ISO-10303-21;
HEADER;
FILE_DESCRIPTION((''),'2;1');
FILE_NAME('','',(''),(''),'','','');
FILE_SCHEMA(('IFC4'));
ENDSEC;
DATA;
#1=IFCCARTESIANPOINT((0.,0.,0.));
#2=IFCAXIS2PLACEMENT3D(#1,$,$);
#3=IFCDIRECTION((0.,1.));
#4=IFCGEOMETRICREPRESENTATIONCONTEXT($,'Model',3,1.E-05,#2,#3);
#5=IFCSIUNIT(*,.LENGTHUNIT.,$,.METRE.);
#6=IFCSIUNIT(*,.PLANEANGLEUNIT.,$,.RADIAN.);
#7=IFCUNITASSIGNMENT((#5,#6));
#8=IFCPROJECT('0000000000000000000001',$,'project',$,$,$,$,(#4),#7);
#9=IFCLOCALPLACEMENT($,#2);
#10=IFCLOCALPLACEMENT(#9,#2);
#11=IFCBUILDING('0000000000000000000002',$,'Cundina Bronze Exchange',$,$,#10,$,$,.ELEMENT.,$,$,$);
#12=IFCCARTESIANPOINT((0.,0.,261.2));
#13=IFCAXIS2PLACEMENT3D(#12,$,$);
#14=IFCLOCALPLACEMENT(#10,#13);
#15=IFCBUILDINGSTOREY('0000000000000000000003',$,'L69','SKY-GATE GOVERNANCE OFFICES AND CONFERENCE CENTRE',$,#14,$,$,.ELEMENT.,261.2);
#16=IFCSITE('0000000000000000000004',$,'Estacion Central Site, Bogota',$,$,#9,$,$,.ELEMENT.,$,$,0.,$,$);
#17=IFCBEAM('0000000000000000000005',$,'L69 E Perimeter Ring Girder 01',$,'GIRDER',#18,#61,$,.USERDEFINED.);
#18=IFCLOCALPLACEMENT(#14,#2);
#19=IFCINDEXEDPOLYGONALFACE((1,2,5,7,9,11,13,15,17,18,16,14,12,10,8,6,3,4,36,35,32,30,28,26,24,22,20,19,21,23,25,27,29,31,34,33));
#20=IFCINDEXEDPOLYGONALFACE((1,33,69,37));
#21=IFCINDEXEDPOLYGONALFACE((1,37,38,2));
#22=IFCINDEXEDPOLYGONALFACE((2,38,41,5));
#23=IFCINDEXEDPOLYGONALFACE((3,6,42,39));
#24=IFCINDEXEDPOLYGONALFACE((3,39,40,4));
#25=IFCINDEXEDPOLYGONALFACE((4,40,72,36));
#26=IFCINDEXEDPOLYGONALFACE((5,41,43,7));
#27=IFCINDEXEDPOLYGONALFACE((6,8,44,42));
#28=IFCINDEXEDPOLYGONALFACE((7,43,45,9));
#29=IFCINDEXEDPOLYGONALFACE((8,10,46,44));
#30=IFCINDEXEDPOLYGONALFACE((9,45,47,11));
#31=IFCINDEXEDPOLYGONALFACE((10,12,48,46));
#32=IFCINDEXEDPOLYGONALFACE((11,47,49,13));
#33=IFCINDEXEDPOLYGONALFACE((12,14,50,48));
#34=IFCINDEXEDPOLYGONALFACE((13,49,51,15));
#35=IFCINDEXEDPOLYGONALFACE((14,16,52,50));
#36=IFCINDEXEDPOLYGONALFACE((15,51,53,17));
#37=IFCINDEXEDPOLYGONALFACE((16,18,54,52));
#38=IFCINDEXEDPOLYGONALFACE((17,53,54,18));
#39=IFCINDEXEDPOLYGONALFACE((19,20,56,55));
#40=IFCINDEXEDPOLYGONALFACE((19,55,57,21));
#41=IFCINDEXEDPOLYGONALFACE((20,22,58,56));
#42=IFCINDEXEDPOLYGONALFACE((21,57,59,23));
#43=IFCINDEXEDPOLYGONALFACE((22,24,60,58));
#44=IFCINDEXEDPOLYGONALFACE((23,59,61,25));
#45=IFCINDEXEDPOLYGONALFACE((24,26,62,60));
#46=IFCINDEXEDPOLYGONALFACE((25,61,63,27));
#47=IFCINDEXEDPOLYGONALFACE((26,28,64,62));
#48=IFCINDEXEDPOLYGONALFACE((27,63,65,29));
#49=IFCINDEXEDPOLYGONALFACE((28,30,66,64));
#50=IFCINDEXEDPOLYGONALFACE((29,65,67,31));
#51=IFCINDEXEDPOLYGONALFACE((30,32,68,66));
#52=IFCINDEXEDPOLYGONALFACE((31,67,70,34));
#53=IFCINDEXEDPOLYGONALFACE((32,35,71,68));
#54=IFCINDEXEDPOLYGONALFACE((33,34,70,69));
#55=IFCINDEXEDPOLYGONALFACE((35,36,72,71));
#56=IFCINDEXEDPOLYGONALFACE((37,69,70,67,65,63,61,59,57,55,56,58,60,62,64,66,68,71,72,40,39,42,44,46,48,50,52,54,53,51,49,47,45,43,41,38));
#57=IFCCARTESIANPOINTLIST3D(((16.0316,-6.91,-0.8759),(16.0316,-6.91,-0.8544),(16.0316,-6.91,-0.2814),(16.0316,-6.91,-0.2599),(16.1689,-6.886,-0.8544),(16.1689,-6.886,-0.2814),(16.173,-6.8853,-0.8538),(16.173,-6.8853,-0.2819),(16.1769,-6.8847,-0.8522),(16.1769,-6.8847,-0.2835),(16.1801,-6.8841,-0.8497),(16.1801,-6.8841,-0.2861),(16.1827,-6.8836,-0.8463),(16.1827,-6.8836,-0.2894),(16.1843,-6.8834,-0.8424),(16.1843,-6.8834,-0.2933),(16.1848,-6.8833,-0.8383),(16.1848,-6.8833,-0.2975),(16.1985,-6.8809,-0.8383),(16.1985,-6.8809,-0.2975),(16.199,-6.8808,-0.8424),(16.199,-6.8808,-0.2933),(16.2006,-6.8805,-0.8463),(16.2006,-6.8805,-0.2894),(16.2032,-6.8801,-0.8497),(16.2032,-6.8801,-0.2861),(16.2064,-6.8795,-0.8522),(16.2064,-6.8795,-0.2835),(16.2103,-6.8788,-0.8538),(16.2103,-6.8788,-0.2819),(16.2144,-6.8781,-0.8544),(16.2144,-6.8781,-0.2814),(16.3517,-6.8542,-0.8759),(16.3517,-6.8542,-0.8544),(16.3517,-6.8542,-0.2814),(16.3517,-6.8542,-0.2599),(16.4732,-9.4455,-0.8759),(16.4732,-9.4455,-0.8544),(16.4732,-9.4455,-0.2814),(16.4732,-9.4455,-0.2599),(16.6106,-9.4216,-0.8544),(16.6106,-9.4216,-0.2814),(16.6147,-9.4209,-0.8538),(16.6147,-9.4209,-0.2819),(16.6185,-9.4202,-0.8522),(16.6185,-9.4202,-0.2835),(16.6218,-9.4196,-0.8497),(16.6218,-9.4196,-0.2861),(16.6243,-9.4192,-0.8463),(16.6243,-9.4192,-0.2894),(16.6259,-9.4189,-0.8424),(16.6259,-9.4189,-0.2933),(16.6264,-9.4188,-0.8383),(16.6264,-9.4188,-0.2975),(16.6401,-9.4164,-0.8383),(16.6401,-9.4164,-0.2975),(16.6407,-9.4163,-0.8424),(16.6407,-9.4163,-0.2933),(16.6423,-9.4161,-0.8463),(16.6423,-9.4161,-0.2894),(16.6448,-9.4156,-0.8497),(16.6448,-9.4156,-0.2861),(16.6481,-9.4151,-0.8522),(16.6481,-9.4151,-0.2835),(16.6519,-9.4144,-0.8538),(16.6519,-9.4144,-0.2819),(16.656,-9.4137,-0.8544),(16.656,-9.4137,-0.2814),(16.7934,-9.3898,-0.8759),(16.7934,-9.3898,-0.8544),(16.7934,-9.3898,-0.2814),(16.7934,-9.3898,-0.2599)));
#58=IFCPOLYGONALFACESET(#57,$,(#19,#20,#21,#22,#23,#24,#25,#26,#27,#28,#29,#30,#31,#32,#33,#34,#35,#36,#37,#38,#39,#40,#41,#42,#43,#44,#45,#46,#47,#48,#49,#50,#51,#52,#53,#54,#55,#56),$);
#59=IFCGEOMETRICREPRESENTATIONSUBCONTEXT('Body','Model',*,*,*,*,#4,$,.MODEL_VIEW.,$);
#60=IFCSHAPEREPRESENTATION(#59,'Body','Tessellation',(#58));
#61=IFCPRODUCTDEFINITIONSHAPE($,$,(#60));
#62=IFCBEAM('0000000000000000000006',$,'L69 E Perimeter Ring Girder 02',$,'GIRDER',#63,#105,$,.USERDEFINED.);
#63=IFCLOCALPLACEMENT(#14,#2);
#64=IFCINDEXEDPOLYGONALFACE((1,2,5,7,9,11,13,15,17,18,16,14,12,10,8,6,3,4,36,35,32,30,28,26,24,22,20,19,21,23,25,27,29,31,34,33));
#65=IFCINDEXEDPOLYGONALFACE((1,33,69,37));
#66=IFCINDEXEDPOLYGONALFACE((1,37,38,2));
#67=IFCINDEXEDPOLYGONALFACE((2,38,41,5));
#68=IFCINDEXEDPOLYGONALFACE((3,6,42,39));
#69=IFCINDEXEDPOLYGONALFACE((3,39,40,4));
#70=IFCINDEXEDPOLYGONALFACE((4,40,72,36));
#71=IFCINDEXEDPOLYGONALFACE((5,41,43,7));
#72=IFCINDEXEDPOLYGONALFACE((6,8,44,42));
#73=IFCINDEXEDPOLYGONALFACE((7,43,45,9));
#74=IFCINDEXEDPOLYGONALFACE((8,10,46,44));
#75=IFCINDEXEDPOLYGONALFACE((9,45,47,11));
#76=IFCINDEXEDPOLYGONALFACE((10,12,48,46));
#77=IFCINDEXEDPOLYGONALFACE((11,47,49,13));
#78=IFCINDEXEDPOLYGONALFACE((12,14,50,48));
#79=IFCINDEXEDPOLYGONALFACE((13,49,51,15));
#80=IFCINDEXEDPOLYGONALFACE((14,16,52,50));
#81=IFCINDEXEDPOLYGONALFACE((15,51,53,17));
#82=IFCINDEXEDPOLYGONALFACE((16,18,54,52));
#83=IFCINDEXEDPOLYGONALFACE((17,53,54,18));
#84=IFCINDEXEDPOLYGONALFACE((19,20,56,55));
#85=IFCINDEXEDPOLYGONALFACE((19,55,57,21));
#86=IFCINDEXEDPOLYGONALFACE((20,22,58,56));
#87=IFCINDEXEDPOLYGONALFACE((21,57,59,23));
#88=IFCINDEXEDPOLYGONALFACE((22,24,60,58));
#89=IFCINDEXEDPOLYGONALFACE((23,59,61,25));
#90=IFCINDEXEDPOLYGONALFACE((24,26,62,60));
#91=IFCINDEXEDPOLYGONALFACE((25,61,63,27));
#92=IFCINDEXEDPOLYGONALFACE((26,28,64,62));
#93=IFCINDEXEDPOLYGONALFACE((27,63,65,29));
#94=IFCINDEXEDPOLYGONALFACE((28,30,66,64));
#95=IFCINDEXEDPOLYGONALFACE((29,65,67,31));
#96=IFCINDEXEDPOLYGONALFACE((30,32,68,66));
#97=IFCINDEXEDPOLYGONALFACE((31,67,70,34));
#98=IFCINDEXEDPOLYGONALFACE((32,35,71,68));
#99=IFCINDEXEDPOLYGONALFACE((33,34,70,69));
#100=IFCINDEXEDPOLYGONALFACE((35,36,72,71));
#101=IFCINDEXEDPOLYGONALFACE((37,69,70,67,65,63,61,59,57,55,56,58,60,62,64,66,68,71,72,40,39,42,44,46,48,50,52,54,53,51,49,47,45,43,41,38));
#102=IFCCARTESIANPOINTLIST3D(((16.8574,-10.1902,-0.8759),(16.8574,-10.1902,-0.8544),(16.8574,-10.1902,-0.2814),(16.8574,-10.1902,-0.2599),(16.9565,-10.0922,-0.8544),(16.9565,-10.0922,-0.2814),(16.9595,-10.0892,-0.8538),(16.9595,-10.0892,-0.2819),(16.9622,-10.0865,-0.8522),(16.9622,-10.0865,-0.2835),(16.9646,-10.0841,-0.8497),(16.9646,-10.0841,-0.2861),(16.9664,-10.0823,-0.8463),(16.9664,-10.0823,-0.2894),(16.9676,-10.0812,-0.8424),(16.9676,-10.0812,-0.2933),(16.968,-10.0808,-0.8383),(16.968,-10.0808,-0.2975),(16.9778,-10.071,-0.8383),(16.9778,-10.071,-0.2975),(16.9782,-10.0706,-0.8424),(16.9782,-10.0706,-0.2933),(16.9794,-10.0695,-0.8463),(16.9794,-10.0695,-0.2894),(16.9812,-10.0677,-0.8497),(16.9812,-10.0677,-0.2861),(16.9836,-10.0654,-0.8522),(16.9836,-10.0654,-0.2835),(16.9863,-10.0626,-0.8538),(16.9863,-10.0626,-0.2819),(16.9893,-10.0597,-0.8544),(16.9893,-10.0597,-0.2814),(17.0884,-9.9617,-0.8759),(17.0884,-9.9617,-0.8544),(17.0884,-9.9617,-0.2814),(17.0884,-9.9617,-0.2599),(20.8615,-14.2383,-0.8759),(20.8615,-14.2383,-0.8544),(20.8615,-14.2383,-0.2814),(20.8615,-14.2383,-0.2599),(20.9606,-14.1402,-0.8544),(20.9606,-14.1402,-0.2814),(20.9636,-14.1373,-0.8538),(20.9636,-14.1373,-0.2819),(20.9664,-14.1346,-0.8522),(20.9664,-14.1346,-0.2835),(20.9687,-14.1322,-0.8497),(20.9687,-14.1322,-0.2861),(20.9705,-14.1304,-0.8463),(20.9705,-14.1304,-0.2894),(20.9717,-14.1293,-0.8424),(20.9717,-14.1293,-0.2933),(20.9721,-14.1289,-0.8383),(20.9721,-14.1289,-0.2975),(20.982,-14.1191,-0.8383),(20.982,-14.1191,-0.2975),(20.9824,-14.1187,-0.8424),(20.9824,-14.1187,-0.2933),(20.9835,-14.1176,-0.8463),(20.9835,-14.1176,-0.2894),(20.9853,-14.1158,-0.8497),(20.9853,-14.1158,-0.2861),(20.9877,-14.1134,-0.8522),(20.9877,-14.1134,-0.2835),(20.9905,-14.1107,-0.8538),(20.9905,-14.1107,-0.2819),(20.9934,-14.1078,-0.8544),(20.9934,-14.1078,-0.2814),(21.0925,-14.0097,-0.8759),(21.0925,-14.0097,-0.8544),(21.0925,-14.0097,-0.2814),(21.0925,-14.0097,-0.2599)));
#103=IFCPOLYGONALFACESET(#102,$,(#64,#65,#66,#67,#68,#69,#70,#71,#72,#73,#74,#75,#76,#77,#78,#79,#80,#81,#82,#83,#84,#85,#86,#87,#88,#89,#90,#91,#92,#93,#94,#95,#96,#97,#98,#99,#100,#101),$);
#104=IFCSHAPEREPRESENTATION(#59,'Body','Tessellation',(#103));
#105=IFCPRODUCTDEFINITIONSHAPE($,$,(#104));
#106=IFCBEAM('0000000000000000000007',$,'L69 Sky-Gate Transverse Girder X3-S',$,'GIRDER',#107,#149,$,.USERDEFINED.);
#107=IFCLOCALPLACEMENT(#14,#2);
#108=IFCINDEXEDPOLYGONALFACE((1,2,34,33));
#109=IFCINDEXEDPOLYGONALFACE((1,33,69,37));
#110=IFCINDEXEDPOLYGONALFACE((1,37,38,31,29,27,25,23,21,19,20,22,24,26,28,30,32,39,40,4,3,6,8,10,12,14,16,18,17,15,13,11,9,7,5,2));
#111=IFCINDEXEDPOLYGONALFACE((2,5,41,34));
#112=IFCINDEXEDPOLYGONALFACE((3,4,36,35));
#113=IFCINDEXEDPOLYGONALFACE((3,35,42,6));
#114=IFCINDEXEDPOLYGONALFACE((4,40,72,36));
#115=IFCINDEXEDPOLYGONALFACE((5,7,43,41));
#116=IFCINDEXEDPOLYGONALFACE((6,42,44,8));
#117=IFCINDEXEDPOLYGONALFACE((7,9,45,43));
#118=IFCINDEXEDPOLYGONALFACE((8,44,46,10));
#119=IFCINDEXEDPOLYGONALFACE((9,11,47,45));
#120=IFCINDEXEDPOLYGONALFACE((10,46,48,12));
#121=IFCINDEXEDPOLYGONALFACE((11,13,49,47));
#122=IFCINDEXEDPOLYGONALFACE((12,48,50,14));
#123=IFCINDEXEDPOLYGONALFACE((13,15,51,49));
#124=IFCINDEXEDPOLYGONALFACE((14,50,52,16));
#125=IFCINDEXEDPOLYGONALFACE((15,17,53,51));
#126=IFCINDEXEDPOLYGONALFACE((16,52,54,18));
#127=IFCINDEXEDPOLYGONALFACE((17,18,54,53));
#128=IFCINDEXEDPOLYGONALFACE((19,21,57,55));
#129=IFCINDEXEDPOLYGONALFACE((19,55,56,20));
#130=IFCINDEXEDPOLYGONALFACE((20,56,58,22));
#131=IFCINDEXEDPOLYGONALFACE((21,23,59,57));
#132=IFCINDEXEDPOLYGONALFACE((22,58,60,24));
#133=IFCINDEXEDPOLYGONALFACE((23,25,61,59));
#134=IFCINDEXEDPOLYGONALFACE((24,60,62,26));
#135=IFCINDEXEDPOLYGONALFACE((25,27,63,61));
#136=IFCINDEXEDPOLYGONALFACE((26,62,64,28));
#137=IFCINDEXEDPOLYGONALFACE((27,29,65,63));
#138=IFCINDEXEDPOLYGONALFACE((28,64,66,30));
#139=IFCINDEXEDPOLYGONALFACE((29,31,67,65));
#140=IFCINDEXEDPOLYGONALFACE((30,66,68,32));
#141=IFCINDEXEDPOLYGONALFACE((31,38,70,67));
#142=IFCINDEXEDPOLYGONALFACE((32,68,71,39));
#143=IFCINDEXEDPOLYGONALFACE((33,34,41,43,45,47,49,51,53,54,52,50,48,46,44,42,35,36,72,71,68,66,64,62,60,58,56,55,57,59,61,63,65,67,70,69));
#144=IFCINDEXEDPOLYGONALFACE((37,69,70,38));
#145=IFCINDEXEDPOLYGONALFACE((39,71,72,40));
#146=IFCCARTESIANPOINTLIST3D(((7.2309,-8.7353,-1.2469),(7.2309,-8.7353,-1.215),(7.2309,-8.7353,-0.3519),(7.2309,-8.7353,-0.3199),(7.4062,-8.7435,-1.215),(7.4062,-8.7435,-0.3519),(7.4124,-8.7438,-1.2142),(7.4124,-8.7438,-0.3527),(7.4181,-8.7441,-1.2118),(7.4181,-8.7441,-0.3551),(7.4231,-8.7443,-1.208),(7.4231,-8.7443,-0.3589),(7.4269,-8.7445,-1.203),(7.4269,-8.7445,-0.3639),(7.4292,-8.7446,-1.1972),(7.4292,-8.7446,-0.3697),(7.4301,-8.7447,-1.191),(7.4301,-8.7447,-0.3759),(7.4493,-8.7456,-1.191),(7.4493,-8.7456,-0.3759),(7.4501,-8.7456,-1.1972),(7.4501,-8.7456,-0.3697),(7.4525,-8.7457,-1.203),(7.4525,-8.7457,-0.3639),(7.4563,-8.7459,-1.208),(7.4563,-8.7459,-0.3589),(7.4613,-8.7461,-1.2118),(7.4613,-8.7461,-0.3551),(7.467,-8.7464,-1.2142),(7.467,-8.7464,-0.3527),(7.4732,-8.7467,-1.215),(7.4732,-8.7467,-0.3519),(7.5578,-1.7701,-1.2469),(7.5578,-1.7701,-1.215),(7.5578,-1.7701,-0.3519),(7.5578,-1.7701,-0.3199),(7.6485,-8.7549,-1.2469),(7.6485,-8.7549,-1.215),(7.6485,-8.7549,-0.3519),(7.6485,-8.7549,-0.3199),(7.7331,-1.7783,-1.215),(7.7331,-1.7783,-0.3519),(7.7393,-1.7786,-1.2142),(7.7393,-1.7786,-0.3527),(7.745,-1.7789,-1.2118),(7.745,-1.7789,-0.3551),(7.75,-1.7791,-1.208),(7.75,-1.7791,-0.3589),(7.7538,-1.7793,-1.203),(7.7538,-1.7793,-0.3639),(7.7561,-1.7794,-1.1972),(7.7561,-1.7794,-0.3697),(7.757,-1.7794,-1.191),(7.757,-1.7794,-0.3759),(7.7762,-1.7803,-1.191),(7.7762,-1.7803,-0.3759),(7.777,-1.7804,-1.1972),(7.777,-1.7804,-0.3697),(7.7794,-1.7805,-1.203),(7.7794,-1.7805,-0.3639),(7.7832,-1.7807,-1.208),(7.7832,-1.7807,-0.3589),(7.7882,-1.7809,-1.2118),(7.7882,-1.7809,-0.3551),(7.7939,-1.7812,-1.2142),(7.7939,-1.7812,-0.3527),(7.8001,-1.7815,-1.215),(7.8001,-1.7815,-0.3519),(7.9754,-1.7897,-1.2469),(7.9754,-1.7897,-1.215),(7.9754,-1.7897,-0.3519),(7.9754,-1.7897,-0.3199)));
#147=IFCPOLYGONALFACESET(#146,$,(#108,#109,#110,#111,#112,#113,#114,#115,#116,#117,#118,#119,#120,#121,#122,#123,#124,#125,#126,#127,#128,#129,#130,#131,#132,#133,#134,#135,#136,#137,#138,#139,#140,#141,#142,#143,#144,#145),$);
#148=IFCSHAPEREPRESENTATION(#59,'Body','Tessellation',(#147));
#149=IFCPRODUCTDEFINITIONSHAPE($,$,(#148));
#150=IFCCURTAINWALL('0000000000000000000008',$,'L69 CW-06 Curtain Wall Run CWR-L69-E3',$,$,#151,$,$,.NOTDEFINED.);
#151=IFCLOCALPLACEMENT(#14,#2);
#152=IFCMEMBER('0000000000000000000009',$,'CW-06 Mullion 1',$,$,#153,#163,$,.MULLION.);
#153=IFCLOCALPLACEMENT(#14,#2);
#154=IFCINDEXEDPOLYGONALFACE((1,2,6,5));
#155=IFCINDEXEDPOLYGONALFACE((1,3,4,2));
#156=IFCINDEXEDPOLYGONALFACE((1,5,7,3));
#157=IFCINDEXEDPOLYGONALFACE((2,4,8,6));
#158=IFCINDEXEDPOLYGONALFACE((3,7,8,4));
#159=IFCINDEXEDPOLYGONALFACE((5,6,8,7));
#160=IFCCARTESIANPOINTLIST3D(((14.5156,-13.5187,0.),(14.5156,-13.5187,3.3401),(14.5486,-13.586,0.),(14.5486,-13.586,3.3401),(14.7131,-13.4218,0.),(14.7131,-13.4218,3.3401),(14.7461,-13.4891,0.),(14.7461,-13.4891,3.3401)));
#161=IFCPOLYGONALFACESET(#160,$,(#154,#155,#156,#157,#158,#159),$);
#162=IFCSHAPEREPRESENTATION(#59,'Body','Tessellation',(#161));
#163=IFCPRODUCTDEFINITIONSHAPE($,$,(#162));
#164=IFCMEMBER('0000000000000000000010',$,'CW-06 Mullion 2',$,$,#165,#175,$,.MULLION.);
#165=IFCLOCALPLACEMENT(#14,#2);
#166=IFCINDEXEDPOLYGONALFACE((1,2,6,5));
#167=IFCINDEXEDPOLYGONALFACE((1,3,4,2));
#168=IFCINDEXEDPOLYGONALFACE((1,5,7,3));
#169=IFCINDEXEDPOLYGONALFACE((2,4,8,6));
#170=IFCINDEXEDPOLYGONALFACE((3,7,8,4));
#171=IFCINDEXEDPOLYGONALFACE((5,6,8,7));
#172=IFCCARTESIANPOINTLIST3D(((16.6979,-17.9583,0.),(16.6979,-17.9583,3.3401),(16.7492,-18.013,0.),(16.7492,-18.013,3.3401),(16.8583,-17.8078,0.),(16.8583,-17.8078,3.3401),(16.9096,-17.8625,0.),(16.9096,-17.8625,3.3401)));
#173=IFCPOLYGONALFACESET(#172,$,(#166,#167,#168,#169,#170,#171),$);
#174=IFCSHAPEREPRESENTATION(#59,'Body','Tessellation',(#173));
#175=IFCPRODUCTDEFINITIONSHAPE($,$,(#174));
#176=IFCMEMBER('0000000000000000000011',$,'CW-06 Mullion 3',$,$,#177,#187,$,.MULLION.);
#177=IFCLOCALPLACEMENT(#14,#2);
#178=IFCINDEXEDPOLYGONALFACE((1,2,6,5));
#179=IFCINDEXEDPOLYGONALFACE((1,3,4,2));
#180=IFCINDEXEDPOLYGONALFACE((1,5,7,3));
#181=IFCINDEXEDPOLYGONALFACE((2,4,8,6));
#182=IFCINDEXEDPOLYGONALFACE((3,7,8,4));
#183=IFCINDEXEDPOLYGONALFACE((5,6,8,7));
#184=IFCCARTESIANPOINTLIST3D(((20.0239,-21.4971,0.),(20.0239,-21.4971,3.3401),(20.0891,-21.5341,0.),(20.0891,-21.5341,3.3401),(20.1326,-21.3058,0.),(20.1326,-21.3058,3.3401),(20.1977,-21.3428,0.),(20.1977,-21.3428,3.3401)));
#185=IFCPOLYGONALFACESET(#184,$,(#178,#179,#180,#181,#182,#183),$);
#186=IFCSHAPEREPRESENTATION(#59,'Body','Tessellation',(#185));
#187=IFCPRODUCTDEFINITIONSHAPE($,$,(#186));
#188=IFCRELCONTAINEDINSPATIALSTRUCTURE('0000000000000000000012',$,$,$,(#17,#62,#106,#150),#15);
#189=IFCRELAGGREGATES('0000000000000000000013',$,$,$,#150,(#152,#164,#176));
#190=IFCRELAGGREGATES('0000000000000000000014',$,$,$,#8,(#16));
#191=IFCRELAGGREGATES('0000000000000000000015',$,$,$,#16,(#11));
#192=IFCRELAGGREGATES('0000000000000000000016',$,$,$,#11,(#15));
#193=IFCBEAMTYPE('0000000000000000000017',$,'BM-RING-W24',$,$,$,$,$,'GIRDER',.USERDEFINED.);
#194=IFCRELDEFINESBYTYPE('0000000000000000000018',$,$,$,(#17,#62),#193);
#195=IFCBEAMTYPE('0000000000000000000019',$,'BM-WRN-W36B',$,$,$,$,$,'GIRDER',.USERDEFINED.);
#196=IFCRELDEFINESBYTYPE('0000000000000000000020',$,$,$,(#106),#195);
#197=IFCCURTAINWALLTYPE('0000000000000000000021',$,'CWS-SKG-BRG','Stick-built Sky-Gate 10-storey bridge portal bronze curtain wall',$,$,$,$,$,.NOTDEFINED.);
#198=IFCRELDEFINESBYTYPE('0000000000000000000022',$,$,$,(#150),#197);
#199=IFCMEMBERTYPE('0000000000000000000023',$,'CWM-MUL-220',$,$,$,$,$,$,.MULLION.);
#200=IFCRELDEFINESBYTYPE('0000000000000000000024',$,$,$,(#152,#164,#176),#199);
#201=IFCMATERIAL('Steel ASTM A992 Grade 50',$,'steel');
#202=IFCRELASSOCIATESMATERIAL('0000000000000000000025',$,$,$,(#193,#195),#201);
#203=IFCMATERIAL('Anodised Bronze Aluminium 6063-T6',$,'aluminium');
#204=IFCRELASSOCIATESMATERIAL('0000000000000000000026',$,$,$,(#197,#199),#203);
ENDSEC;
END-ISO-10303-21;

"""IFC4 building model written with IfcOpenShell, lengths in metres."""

from ifc_helpers import new_model, si_unit, direction, frame, origin, origin_2d, place, context, subcontext, project, spatial, rectangle, i_section, extrude, material, material_profile, profile_set, type_object, element, aggregate, save


model = new_model("IFC4")

# Units and contexts
model_context = context("Model", 3, precision=1e-05, world=origin(), true_north=direction((0.0, 1.0)))
body_context = subcontext(model_context, "Body", "Model", "MODEL_VIEW")
ifc_project = project(units=[si_unit("LENGTHUNIT", "METRE"), si_unit("PLANEANGLEUNIT", "RADIAN")], contexts=[model_context])

# Site, building, storey
site_placement = place(None, origin())
site = spatial("IfcSite", under=ifc_project, at=site_placement, Name="Estacion Central Site, Bogota", CompositionType="ELEMENT", RefElevation=0.0)
building_placement = place(site_placement, origin())
building = spatial("IfcBuilding", under=site, at=building_placement, Name="Cundina Bronze Exchange", CompositionType="ELEMENT")
storey_placement = place(building_placement, frame((0.0, 0.0, 261.2)))
storey = spatial("IfcBuildingStorey", under=building, at=storey_placement, Name="L69", Description="SKY-GATE GOVERNANCE OFFICES AND CONFERENCE CENTRE", CompositionType="ELEMENT", Elevation=261.2)

# Beams
ifc_material_1 = material(Name="Steel ASTM A992 Grade 50", Category="steel")
ifc_material_profile_1 = material_profile(ifc_material_1, i_section(OverallWidth=0.325, OverallDepth=0.616, WebThickness=0.0139, FlangeThickness=0.0215, FilletRadius=0.0161, at=origin_2d()), Name="W24X117", Category="steel")
ifc_profile_set_1 = profile_set([ifc_material_profile_1], Name="Steel ASTM A992 Grade 50")
beam_type_1 = type_object("IfcBeamType", Name="BM-RING-W24", ElementType="GIRDER", PredefinedType="USERDEFINED", material=ifc_profile_set_1)
beam_1_placement = place(storey_placement, frame((16.1917, -6.8821, -0.5679), z_axis=(0.171593, -0.985168, 0.0), x_axis=(0.985168, 0.171593, 0.0)))
element("IfcBeam", 1, at=beam_1_placement, inside=storey, type_object=beam_type_1, Name="L69 E Perimeter Ring Girder 01", ObjectType="GIRDER", PredefinedType="USERDEFINED", context=body_context, shape_type="SweptSolid", body=[
    extrude(i_section(OverallWidth=0.325, OverallDepth=0.616, WebThickness=0.0139, FlangeThickness=0.0215, FilletRadius=0.0161, at=origin_2d()), origin(), (0.0, 0.0, 1.0), 2.5737),
])
beam_2_placement = place(storey_placement, frame((16.9729, -10.0759, -0.5679), z_axis=(0.703237, -0.710955, 0.0), x_axis=(0.710955, 0.703237, 0.0)))
element("IfcBeam", 2, at=beam_2_placement, inside=storey, type_object=beam_type_1, Name="L69 E Perimeter Ring Girder 02", ObjectType="GIRDER", PredefinedType="USERDEFINED", context=body_context, shape_type="SweptSolid", body=[
    extrude(i_section(OverallWidth=0.325, OverallDepth=0.616, WebThickness=0.0139, FlangeThickness=0.0215, FilletRadius=0.0161, at=origin_2d()), origin(), (0.0, 0.0, 1.0), 5.6938),
])
ifc_material_profile_2 = material_profile(ifc_material_1, i_section(OverallWidth=0.418, OverallDepth=0.927, WebThickness=0.0193, FlangeThickness=0.032, FilletRadius=0.0239, at=origin_2d()), Name="W36X231", Category="steel")
ifc_profile_set_2 = profile_set([ifc_material_profile_2], Name="Steel ASTM A992 Grade 50")
beam_type_2 = type_object("IfcBeamType", Name="BM-WRN-W36B", ElementType="GIRDER", PredefinedType="USERDEFINED", material=ifc_profile_set_2)
beam_3_placement = place(storey_placement, frame((7.4397, -8.7451, -0.7834), z_axis=(0.046881, 0.9989, 0.0), x_axis=(-0.9989, 0.046881, 0.0)))
element("IfcBeam", 3, at=beam_3_placement, inside=storey, type_object=beam_type_2, Name="L69 Sky-Gate Transverse Girder X3-S", ObjectType="GIRDER", PredefinedType="USERDEFINED", context=body_context, shape_type="SweptSolid", body=[
    extrude(i_section(OverallWidth=0.418, OverallDepth=0.927, WebThickness=0.0193, FlangeThickness=0.032, FilletRadius=0.0239, at=origin_2d()), origin(), (0.0, 0.0, 1.0), 6.9729),
])

# Curtain wall, members
ifc_material_2 = material(Name="Anodised Bronze Aluminium 6063-T6", Category="aluminium")
curtain_wall_type = type_object("IfcCurtainWallType", Name="CWS-SKG-BRG", Description="Stick-built Sky-Gate 10-storey bridge portal bronze curtain wall", PredefinedType="NOTDEFINED", material=ifc_material_2)
curtain_wall_1_placement = place(storey_placement, origin())
curtain_wall_1 = element("IfcCurtainWall", 4, at=curtain_wall_1_placement, inside=storey, type_object=curtain_wall_type, Name="L69 CW-06 Curtain Wall Run CWR-L69-E3", PredefinedType="NOTDEFINED")
ifc_material_profile_3 = material_profile(ifc_material_2, rectangle(XDim=0.075, YDim=0.22, at=origin_2d()), Name="AL75X220", Category="aluminium")
ifc_profile_set_3 = profile_set([ifc_material_profile_3], Name="Anodised Bronze Aluminium 6063-T6")
member_type_1 = type_object("IfcMemberType", Name="CWM-MUL-220", PredefinedType="MULLION", material=ifc_profile_set_3)
member_1_placement = place(storey_placement, frame((14.6309, -13.5039, 0.0), z_axis=(0.0, 0.0, 1.0), x_axis=(0.440566, -0.89772, 0.0)))
member_1 = element("IfcMember", 5, at=member_1_placement, type_object=member_type_1, Name="CW-06 Mullion 1", PredefinedType="MULLION", context=body_context, shape_type="SweptSolid", body=[
    extrude(rectangle(XDim=0.075, YDim=0.22, at=origin_2d()), origin(), (0.0, 0.0, 1.0), 3.3401),
])
member_2_placement = place(storey_placement, frame((16.8037, -17.9104, 0.0), z_axis=(0.0, 0.0, 1.0), x_axis=(0.684293, -0.729208, 0.0)))
member_2 = element("IfcMember", 6, at=member_2_placement, type_object=member_type_1, Name="CW-06 Mullion 2", PredefinedType="MULLION", context=body_context, shape_type="SweptSolid", body=[
    extrude(rectangle(XDim=0.075, YDim=0.22, at=origin_2d()), origin(), (0.0, 0.0, 1.0), 3.3401),
])
member_3_placement = place(storey_placement, frame((20.1108, -21.4199, 0.0), z_axis=(0.0, 0.0, 1.0), x_axis=(0.869581, -0.49379, 0.0)))
member_3 = element("IfcMember", 7, at=member_3_placement, type_object=member_type_1, Name="CW-06 Mullion 3", PredefinedType="MULLION", context=body_context, shape_type="SweptSolid", body=[
    extrude(rectangle(XDim=0.075, YDim=0.22, at=origin_2d()), origin(), (0.0, 0.0, 1.0), 3.3401),
])

aggregate(curtain_wall_1, [member_1, member_2, member_3])

save(model, "model.ifc")
